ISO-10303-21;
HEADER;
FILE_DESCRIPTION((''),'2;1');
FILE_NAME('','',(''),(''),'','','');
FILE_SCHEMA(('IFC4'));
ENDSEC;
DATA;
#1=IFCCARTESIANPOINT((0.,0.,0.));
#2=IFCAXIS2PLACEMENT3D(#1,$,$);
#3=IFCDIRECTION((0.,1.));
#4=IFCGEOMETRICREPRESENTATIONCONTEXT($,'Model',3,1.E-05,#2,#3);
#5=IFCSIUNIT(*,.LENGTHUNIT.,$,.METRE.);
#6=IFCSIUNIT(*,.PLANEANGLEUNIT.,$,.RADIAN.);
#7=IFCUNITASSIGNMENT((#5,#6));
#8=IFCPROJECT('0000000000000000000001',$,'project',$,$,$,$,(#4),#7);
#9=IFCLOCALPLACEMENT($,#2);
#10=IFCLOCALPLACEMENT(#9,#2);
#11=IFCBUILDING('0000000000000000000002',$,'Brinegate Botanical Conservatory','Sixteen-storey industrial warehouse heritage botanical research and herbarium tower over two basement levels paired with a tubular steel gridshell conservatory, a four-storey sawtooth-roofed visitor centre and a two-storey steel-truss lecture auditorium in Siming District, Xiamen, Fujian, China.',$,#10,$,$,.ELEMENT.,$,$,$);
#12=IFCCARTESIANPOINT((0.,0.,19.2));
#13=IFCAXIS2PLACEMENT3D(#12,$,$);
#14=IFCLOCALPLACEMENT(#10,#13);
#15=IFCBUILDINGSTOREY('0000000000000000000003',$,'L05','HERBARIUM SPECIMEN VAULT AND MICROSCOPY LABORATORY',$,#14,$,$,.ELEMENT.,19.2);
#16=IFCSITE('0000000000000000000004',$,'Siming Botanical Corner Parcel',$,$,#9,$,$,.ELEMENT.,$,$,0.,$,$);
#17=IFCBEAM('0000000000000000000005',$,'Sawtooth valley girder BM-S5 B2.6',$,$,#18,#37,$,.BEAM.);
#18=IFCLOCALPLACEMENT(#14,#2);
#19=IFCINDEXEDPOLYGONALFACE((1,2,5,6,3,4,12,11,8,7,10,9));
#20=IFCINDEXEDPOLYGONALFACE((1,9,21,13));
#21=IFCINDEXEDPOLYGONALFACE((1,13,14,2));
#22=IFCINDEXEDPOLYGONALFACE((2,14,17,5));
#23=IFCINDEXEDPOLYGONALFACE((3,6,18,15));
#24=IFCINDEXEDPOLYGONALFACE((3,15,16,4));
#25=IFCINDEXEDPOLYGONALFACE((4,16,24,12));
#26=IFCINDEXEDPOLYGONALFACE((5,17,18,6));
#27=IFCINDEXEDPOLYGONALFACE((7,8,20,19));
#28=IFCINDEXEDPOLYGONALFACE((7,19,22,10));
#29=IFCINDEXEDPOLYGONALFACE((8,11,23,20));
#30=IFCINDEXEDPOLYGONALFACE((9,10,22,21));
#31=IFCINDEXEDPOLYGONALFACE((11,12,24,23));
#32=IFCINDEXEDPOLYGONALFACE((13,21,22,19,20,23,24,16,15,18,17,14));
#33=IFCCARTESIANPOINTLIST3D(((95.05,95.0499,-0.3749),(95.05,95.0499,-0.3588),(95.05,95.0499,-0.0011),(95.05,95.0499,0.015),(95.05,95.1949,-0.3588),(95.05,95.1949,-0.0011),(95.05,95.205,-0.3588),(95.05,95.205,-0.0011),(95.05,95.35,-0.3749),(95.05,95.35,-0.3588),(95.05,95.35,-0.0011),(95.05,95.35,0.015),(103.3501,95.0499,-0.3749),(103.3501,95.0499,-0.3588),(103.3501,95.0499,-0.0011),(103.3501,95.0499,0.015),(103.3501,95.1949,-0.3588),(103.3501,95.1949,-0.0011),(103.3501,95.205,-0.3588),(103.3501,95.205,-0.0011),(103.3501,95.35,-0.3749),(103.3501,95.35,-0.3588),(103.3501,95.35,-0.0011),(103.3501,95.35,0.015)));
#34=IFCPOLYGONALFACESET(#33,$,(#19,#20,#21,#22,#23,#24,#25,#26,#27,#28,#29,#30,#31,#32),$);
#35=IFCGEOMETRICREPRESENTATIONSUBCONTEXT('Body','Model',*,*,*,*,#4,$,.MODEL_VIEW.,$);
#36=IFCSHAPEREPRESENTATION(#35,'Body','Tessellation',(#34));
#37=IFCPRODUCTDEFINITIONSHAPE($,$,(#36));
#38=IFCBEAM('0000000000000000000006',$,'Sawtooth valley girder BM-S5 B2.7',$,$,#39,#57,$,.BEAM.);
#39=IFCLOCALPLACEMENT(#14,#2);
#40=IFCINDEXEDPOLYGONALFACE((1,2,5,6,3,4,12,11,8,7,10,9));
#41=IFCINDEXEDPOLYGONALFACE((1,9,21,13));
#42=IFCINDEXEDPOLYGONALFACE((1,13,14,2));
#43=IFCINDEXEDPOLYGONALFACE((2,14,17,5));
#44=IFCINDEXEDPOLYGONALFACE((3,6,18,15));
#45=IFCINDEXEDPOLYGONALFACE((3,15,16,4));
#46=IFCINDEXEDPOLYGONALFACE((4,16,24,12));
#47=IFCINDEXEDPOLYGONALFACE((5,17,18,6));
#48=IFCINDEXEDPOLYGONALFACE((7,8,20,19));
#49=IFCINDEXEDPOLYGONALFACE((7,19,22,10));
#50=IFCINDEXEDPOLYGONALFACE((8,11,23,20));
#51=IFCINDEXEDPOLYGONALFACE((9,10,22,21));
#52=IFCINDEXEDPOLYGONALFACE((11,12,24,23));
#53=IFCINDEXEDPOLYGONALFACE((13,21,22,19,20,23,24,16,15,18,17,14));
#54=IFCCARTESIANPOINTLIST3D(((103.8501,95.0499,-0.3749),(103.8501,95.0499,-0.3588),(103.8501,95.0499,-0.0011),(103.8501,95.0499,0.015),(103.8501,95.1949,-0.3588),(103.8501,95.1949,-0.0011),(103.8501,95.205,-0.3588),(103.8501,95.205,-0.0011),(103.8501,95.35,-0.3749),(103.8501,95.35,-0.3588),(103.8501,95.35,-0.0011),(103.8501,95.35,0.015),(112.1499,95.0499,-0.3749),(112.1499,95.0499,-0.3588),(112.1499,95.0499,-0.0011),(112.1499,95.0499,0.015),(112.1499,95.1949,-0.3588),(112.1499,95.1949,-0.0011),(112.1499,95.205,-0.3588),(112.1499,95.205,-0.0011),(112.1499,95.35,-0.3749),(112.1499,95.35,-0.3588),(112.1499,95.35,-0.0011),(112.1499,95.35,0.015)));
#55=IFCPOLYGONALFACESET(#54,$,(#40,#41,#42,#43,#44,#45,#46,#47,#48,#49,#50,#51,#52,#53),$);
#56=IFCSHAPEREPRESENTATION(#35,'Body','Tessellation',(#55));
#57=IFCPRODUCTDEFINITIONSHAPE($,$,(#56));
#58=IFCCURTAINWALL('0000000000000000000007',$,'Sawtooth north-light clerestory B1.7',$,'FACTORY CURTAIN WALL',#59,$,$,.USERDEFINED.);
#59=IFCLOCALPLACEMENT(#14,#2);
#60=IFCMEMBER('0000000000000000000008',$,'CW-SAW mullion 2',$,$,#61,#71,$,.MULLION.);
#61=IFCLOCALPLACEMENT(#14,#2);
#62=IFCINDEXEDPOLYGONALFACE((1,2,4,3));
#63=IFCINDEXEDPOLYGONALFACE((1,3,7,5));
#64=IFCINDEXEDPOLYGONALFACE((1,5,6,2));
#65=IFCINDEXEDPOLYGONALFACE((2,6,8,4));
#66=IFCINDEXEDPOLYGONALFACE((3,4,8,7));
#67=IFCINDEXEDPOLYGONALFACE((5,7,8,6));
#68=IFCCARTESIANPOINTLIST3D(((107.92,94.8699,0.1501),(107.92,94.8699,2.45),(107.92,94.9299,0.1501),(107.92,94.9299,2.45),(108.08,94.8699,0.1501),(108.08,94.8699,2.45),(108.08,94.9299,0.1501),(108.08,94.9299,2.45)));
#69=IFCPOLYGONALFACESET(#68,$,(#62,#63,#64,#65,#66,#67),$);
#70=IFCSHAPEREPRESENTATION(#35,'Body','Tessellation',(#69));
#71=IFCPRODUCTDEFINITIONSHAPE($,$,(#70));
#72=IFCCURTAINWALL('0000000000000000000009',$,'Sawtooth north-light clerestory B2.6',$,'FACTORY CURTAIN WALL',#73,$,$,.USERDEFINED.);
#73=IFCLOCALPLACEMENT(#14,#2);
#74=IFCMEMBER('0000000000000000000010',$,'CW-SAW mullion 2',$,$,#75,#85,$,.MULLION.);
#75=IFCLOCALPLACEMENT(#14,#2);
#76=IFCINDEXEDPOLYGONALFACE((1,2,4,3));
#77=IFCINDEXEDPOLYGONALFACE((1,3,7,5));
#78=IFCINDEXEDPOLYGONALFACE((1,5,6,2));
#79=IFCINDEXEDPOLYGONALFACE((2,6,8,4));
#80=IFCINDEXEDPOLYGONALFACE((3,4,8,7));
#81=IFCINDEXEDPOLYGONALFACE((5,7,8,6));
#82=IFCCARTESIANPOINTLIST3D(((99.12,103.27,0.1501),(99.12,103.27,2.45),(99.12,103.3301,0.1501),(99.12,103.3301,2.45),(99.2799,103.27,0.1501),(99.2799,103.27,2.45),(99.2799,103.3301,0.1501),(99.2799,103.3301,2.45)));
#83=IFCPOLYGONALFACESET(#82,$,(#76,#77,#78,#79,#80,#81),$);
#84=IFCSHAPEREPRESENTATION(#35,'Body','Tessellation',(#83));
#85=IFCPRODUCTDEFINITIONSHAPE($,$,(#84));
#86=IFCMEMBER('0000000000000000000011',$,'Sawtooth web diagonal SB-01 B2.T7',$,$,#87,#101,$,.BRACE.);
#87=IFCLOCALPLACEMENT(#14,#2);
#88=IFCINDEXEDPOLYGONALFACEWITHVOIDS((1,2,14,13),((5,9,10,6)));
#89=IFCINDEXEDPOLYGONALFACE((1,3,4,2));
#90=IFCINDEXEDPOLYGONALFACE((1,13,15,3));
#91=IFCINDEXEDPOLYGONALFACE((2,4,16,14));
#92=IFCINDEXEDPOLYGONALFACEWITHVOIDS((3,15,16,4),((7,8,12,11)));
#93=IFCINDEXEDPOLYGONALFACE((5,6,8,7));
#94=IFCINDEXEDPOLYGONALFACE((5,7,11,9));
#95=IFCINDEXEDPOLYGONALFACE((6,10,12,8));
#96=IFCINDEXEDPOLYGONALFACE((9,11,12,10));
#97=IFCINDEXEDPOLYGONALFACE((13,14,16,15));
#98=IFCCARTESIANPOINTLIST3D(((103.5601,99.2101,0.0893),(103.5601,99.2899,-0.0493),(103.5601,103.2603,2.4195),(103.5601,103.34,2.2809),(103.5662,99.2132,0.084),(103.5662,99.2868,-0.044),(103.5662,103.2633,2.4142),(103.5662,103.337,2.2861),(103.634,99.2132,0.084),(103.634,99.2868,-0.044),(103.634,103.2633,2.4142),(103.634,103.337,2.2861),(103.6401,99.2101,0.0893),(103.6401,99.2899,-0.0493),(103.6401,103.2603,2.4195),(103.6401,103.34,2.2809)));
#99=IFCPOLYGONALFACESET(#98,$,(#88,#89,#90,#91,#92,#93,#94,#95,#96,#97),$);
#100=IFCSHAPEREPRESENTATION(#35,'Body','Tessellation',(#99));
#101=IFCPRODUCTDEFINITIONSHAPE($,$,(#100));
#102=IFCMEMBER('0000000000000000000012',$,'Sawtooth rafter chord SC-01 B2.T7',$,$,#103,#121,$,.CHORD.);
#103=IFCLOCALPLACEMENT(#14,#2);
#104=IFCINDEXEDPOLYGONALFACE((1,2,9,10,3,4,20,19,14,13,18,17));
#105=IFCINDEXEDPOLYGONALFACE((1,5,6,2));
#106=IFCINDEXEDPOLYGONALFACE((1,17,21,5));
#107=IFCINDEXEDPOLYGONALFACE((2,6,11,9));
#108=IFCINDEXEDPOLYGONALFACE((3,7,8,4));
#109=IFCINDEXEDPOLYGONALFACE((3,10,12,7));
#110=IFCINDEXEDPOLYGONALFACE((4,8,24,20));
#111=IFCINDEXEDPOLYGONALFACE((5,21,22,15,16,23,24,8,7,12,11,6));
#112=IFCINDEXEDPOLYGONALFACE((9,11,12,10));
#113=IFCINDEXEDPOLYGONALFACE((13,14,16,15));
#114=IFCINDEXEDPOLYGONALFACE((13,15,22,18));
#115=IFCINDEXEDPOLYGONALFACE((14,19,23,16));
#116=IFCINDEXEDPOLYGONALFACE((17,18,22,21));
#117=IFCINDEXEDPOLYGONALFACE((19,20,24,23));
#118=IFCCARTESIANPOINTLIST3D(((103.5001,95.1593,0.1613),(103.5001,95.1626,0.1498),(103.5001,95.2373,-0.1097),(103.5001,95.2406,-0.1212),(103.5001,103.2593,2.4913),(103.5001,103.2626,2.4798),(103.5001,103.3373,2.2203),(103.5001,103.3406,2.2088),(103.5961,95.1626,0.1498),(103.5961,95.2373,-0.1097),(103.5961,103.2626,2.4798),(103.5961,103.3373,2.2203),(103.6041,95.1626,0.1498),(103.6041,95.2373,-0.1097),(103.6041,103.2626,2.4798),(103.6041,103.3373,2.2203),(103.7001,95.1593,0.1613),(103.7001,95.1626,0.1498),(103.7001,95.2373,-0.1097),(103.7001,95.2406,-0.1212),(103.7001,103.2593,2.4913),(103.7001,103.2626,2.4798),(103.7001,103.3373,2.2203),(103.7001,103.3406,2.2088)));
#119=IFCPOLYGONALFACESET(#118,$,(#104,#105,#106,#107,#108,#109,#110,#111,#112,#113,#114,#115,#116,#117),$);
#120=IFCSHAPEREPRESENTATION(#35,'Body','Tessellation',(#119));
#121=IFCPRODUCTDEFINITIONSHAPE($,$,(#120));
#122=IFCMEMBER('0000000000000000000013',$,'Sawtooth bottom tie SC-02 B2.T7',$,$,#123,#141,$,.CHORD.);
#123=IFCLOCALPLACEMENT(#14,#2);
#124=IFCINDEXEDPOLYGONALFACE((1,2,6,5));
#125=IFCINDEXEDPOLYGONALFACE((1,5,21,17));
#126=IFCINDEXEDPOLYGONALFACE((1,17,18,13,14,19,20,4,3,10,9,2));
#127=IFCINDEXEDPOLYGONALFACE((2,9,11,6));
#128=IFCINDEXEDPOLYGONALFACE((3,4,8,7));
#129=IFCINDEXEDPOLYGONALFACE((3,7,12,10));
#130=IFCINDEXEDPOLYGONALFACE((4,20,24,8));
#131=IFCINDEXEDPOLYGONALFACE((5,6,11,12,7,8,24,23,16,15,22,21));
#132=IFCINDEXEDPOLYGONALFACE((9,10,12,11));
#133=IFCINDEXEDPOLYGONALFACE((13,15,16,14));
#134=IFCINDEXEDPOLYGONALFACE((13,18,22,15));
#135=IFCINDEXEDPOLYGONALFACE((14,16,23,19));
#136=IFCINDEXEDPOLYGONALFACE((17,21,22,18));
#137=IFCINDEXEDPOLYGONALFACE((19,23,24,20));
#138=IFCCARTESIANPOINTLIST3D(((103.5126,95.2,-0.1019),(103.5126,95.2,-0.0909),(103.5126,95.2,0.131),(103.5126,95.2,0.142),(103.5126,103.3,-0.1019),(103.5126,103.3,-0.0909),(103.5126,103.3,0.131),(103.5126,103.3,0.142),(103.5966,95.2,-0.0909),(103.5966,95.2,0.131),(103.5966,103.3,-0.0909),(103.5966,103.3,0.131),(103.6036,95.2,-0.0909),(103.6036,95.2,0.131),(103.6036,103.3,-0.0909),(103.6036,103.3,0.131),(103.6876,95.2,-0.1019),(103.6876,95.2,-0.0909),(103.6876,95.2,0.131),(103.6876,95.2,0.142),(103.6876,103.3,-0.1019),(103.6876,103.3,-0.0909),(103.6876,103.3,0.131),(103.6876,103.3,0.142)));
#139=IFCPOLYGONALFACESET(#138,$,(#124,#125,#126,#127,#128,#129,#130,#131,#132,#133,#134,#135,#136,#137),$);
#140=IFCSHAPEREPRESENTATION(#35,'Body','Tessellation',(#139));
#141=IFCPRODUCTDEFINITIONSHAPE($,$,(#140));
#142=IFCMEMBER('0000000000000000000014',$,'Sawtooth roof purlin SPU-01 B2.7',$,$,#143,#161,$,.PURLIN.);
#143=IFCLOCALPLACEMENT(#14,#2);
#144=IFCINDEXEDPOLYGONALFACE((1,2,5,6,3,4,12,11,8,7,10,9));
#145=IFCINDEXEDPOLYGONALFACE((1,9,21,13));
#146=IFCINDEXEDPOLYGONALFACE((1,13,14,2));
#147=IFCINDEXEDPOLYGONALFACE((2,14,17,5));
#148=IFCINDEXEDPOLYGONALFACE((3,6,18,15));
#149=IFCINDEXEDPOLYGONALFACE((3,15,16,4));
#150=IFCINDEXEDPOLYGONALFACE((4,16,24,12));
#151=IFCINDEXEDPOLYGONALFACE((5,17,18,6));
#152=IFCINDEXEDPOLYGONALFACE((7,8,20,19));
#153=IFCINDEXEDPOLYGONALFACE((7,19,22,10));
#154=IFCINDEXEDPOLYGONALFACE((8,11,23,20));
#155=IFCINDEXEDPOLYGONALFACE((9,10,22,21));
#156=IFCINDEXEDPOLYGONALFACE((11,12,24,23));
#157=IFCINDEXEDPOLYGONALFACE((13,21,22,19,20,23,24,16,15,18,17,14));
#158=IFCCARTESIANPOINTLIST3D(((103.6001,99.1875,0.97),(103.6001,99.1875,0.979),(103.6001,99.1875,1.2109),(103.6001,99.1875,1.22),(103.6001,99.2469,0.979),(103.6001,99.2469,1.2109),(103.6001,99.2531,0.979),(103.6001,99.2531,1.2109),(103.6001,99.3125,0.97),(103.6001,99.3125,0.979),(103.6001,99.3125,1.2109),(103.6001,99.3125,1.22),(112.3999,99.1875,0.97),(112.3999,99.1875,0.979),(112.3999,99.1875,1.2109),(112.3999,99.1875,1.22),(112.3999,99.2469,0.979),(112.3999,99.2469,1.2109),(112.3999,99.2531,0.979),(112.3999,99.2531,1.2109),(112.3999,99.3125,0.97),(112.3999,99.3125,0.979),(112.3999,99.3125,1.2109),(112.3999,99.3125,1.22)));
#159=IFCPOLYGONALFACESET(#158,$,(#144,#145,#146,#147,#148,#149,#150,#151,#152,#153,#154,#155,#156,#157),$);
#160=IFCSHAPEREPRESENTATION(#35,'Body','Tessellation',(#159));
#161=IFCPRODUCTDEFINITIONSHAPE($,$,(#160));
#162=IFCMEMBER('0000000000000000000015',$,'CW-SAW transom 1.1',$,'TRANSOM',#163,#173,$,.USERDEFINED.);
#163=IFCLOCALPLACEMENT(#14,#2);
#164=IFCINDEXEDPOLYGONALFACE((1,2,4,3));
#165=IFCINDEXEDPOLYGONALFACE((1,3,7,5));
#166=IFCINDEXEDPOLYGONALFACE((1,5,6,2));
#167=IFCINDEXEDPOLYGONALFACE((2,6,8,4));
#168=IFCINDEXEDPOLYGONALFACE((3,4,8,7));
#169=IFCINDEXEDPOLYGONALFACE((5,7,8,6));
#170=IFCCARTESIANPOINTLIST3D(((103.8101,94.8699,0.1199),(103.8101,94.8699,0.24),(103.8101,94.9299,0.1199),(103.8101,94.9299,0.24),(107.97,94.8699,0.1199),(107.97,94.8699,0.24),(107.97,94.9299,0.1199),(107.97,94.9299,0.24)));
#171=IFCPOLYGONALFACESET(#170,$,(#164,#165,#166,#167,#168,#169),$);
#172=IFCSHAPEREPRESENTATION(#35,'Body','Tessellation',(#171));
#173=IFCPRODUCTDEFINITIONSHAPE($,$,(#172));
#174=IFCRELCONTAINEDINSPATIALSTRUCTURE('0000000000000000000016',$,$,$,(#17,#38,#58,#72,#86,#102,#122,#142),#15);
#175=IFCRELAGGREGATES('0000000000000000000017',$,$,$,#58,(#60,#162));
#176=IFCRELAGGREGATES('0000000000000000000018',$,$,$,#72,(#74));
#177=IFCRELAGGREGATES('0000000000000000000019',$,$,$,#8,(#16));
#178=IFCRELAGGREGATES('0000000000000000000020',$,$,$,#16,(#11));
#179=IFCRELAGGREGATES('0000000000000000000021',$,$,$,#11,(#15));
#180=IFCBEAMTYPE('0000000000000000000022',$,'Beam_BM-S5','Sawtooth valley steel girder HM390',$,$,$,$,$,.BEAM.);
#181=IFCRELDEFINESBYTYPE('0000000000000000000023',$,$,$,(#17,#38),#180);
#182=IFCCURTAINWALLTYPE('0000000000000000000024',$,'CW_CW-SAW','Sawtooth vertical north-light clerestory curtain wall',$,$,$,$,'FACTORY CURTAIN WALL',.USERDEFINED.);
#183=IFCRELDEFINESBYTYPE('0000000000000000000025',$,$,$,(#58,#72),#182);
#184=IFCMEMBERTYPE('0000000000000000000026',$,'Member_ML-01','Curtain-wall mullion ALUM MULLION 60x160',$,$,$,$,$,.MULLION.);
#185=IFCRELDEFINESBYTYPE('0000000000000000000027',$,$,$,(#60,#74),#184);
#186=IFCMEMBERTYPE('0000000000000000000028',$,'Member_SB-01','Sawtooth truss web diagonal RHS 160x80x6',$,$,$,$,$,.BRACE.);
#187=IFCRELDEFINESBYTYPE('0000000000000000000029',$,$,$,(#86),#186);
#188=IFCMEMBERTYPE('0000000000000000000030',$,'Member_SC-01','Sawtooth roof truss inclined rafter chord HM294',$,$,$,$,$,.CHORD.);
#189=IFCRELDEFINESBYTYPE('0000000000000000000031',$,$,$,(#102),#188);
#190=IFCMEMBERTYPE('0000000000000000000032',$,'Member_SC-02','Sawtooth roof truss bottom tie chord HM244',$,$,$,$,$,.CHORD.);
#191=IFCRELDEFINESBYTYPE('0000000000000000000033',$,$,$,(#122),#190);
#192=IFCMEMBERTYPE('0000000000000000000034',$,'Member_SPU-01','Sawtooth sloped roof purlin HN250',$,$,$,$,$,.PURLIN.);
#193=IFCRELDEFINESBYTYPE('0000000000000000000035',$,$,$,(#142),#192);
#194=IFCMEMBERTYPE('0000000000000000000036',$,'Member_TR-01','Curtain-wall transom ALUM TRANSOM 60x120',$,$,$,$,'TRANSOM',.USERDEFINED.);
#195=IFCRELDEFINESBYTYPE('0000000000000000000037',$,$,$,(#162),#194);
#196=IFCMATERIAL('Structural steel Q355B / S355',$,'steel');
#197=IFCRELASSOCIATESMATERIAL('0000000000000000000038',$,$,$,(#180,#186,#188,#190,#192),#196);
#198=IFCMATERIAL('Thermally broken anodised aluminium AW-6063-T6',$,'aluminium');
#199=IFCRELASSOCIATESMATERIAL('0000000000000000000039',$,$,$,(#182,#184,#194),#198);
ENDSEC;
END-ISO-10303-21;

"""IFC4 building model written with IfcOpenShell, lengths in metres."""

from ifc_helpers import new_model, si_unit, direction, frame, origin, origin_2d, place, context, subcontext, project, spatial, rectangle, hollow_rectangle, i_section, extrude, material, material_profile, profile_set, type_object, element, aggregate, save


model = new_model("IFC4")

# Units and contexts
model_context = context("Model", 3, precision=1e-05, world=origin(), true_north=direction((0.0, 1.0)))
body_context = subcontext(model_context, "Body", "Model", "MODEL_VIEW")
ifc_project = project(units=[si_unit("LENGTHUNIT", "METRE"), si_unit("PLANEANGLEUNIT", "RADIAN")], contexts=[model_context])

# Site, building, storey
site_placement = place(None, origin())
site = spatial("IfcSite", under=ifc_project, at=site_placement, Name="Siming Botanical Corner Parcel", CompositionType="ELEMENT", RefElevation=0.0)
building_placement = place(site_placement, origin())
building = spatial("IfcBuilding", under=site, at=building_placement, Name="Brinegate Botanical Conservatory", Description="Sixteen-storey industrial warehouse heritage botanical research and herbarium tower over two basement levels paired with a tubular steel gridshell conservatory, a four-storey sawtooth-roofed visitor centre and a two-storey steel-truss lecture auditorium in Siming District, Xiamen, Fujian, China.", CompositionType="ELEMENT")
storey_placement = place(building_placement, frame((0.0, 0.0, 19.2)))
storey = spatial("IfcBuildingStorey", under=building, at=storey_placement, Name="L05", Description="HERBARIUM SPECIMEN VAULT AND MICROSCOPY LABORATORY", CompositionType="ELEMENT", Elevation=19.2)

# Beams
ifc_material_1 = material(Name="Structural steel Q355B / S355", Category="steel")
ifc_material_profile_1 = material_profile(ifc_material_1, i_section(OverallWidth=0.3, OverallDepth=0.3899, WebThickness=0.01, FlangeThickness=0.0161, at=origin_2d()), Name="HM 390x300x10x16")
ifc_profile_set_1 = profile_set([ifc_material_profile_1], Name="Structural steel Q355B / S355")
beam_type = type_object("IfcBeamType", Name="Beam_BM-S5", Description="Sawtooth valley steel girder HM390", PredefinedType="BEAM", material=ifc_profile_set_1)
beam_1_placement = place(storey_placement, frame((95.05, 95.2, -0.1799), z_axis=(1.0, 0.0, 0.0), x_axis=(0.0, 1.0, 0.0)))
element("IfcBeam", 1, at=beam_1_placement, inside=storey, type_object=beam_type, Name="Sawtooth valley girder BM-S5 B2.6", PredefinedType="BEAM", context=body_context, shape_type="SweptSolid", body=[
    extrude(i_section(OverallWidth=0.3, OverallDepth=0.3899, WebThickness=0.01, FlangeThickness=0.0161, at=origin_2d()), origin(), (0.0, 0.0, 1.0), 8.3),
])
beam_2_placement = place(storey_placement, frame((103.8501, 95.2, -0.1799), z_axis=(1.0, 0.0, 0.0), x_axis=(0.0, 1.0, 0.0)))
element("IfcBeam", 2, at=beam_2_placement, inside=storey, type_object=beam_type, Name="Sawtooth valley girder BM-S5 B2.7", PredefinedType="BEAM", context=body_context, shape_type="SweptSolid", body=[
    extrude(i_section(OverallWidth=0.3, OverallDepth=0.3899, WebThickness=0.01, FlangeThickness=0.0161, at=origin_2d()), origin(), (0.0, 0.0, 1.0), 8.2998),
])

# Curtain walls, members
ifc_material_2 = material(Name="Thermally broken anodised aluminium AW-6063-T6", Category="aluminium")
curtain_wall_type = type_object("IfcCurtainWallType", Name="CW_CW-SAW", Description="Sawtooth vertical north-light clerestory curtain wall", ElementType="FACTORY CURTAIN WALL", PredefinedType="USERDEFINED", material=ifc_material_2)
curtain_wall_1_placement = place(storey_placement, origin())
curtain_wall_1 = element("IfcCurtainWall", 3, at=curtain_wall_1_placement, inside=storey, type_object=curtain_wall_type, Name="Sawtooth north-light clerestory B1.7", ObjectType="FACTORY CURTAIN WALL", PredefinedType="USERDEFINED")
ifc_material_profile_2 = material_profile(ifc_material_2, rectangle(XDim=0.0601, YDim=0.1599, at=origin_2d()), Name="ALUM MULLION 60x160")
ifc_profile_set_2 = profile_set([ifc_material_profile_2], Name="Thermally broken anodised aluminium AW-6063-T6")
member_type_1 = type_object("IfcMemberType", Name="Member_ML-01", Description="Curtain-wall mullion ALUM MULLION 60x160", PredefinedType="MULLION", material=ifc_profile_set_2)
member_1_placement = place(storey_placement, frame((108.0, 94.8999, 0.1501), z_axis=(0.0, 0.0, 1.0), x_axis=(0.0, 1.0, 0.0)))
member_1 = element("IfcMember", 4, at=member_1_placement, type_object=member_type_1, Name="CW-SAW mullion 2", PredefinedType="MULLION", context=body_context, shape_type="SweptSolid", body=[
    extrude(rectangle(XDim=0.0601, YDim=0.1599, at=origin_2d()), origin(), (0.0, 0.0, 1.0), 2.2998),
])
curtain_wall_2_placement = place(storey_placement, origin())
curtain_wall_2 = element("IfcCurtainWall", 5, at=curtain_wall_2_placement, inside=storey, type_object=curtain_wall_type, Name="Sawtooth north-light clerestory B2.6", ObjectType="FACTORY CURTAIN WALL", PredefinedType="USERDEFINED")
member_2_placement = place(storey_placement, frame((99.2, 103.3, 0.1501), z_axis=(0.0, 0.0, 1.0), x_axis=(0.0, 1.0, 0.0)))
member_2 = element("IfcMember", 6, at=member_2_placement, type_object=member_type_1, Name="CW-SAW mullion 2", PredefinedType="MULLION", context=body_context, shape_type="SweptSolid", body=[
    extrude(rectangle(XDim=0.0601, YDim=0.1599, at=origin_2d()), origin(), (0.0, 0.0, 1.0), 2.2998),
])

# Members
ifc_material_profile_3 = material_profile(ifc_material_1, hollow_rectangle(XDim=0.0801, YDim=0.1599, WallThickness=0.0061, at=origin_2d()), Name="RHS 160x80x6")
ifc_profile_set_3 = profile_set([ifc_material_profile_3], Name="Structural steel Q355B / S355")
member_type_2 = type_object("IfcMemberType", Name="Member_SB-01", Description="Sawtooth truss web diagonal RHS 160x80x6", PredefinedType="BRACE", material=ifc_profile_set_3)
member_3_placement = place(storey_placement, frame((103.6001, 99.25, 0.02), z_axis=(0.0, 0.866786, 0.49868), x_axis=(-1.0, 0.0, 0.0)))
element("IfcMember", 7, at=member_3_placement, inside=storey, type_object=member_type_2, Name="Sawtooth web diagonal SB-01 B2.T7", PredefinedType="BRACE", context=body_context, shape_type="SweptSolid", body=[
    extrude(hollow_rectangle(XDim=0.0801, YDim=0.1599, WallThickness=0.0061, at=origin_2d()), origin(), (0.0, 0.0, 1.0), 4.6726),
])
ifc_material_profile_4 = material_profile(ifc_material_1, i_section(OverallWidth=0.2, OverallDepth=0.2939, WebThickness=0.0081, FlangeThickness=0.012, at=origin_2d()), Name="HM 294x200x8x12")
ifc_profile_set_4 = profile_set([ifc_material_profile_4], Name="Structural steel Q355B / S355")
member_type_3 = type_object("IfcMemberType", Name="Member_SC-01", Description="Sawtooth roof truss inclined rafter chord HM294", PredefinedType="CHORD", material=ifc_profile_set_4)
member_4_placement = place(storey_placement, frame((103.6001, 95.2, 0.02), z_axis=(0.0, 0.961028, 0.27645), x_axis=(-1.0, 0.0, 0.0)))
element("IfcMember", 8, at=member_4_placement, inside=storey, type_object=member_type_3, Name="Sawtooth rafter chord SC-01 B2.T7", PredefinedType="CHORD", context=body_context, shape_type="SweptSolid", body=[
    extrude(i_section(OverallWidth=0.2, OverallDepth=0.2939, WebThickness=0.0081, FlangeThickness=0.012, at=origin_2d()), origin(), (0.0, 0.0, 1.0), 8.4285),
])
ifc_material_profile_5 = material_profile(ifc_material_1, i_section(OverallWidth=0.175, OverallDepth=0.2439, WebThickness=0.0071, FlangeThickness=0.011, at=origin_2d()), Name="HM 244x175x7x11")
ifc_profile_set_5 = profile_set([ifc_material_profile_5], Name="Structural steel Q355B / S355")
member_type_4 = type_object("IfcMemberType", Name="Member_SC-02", Description="Sawtooth roof truss bottom tie chord HM244", PredefinedType="CHORD", material=ifc_profile_set_5)
member_5_placement = place(storey_placement, frame((103.6001, 95.2, 0.02), z_axis=(0.0, 1.0, 0.0), x_axis=(-1.0, 0.0, 0.0)))
element("IfcMember", 9, at=member_5_placement, inside=storey, type_object=member_type_4, Name="Sawtooth bottom tie SC-02 B2.T7", PredefinedType="CHORD", context=body_context, shape_type="SweptSolid", body=[
    extrude(i_section(OverallWidth=0.175, OverallDepth=0.2439, WebThickness=0.0071, FlangeThickness=0.011, at=origin_2d()), origin(), (0.0, 0.0, 1.0), 8.1001),
])
ifc_material_profile_6 = material_profile(ifc_material_1, i_section(OverallWidth=0.125, OverallDepth=0.25, WebThickness=0.0061, FlangeThickness=0.009, at=origin_2d()), Name="HN 250x125x6x9")
ifc_profile_set_6 = profile_set([ifc_material_profile_6], Name="Structural steel Q355B / S355")
member_type_5 = type_object("IfcMemberType", Name="Member_SPU-01", Description="Sawtooth sloped roof purlin HN250", PredefinedType="PURLIN", material=ifc_profile_set_6)
member_6_placement = place(storey_placement, frame((103.6001, 99.25, 1.095), z_axis=(1.0, 0.0, 0.0), x_axis=(0.0, 1.0, 0.0)))
element("IfcMember", 10, at=member_6_placement, inside=storey, type_object=member_type_5, Name="Sawtooth roof purlin SPU-01 B2.7", PredefinedType="PURLIN", context=body_context, shape_type="SweptSolid", body=[
    extrude(i_section(OverallWidth=0.125, OverallDepth=0.25, WebThickness=0.0061, FlangeThickness=0.009, at=origin_2d()), origin(), (0.0, 0.0, 1.0), 8.7998),
])

# Member
ifc_material_profile_7 = material_profile(ifc_material_2, rectangle(XDim=0.0601, YDim=0.1201, at=origin_2d()), Name="ALUM TRANSOM 60x120")
ifc_profile_set_7 = profile_set([ifc_material_profile_7], Name="Thermally broken anodised aluminium AW-6063-T6")
member_type_6 = type_object("IfcMemberType", Name="Member_TR-01", Description="Curtain-wall transom ALUM TRANSOM 60x120", ElementType="TRANSOM", PredefinedType="USERDEFINED", material=ifc_profile_set_7)
member_7_placement = place(storey_placement, frame((103.8101, 94.8999, 0.1799), z_axis=(1.0, 0.0, 0.0), x_axis=(0.0, 1.0, 0.0)))
member_7 = element("IfcMember", 11, at=member_7_placement, type_object=member_type_6, Name="CW-SAW transom 1.1", ObjectType="TRANSOM", PredefinedType="USERDEFINED", context=body_context, shape_type="SweptSolid", body=[
    extrude(rectangle(XDim=0.0601, YDim=0.1201, at=origin_2d()), origin(), (0.0, 0.0, 1.0), 4.1599),
])

aggregate(curtain_wall_1, [member_1, member_7])
aggregate(curtain_wall_2, [member_2])

save(model, "model.ifc")
